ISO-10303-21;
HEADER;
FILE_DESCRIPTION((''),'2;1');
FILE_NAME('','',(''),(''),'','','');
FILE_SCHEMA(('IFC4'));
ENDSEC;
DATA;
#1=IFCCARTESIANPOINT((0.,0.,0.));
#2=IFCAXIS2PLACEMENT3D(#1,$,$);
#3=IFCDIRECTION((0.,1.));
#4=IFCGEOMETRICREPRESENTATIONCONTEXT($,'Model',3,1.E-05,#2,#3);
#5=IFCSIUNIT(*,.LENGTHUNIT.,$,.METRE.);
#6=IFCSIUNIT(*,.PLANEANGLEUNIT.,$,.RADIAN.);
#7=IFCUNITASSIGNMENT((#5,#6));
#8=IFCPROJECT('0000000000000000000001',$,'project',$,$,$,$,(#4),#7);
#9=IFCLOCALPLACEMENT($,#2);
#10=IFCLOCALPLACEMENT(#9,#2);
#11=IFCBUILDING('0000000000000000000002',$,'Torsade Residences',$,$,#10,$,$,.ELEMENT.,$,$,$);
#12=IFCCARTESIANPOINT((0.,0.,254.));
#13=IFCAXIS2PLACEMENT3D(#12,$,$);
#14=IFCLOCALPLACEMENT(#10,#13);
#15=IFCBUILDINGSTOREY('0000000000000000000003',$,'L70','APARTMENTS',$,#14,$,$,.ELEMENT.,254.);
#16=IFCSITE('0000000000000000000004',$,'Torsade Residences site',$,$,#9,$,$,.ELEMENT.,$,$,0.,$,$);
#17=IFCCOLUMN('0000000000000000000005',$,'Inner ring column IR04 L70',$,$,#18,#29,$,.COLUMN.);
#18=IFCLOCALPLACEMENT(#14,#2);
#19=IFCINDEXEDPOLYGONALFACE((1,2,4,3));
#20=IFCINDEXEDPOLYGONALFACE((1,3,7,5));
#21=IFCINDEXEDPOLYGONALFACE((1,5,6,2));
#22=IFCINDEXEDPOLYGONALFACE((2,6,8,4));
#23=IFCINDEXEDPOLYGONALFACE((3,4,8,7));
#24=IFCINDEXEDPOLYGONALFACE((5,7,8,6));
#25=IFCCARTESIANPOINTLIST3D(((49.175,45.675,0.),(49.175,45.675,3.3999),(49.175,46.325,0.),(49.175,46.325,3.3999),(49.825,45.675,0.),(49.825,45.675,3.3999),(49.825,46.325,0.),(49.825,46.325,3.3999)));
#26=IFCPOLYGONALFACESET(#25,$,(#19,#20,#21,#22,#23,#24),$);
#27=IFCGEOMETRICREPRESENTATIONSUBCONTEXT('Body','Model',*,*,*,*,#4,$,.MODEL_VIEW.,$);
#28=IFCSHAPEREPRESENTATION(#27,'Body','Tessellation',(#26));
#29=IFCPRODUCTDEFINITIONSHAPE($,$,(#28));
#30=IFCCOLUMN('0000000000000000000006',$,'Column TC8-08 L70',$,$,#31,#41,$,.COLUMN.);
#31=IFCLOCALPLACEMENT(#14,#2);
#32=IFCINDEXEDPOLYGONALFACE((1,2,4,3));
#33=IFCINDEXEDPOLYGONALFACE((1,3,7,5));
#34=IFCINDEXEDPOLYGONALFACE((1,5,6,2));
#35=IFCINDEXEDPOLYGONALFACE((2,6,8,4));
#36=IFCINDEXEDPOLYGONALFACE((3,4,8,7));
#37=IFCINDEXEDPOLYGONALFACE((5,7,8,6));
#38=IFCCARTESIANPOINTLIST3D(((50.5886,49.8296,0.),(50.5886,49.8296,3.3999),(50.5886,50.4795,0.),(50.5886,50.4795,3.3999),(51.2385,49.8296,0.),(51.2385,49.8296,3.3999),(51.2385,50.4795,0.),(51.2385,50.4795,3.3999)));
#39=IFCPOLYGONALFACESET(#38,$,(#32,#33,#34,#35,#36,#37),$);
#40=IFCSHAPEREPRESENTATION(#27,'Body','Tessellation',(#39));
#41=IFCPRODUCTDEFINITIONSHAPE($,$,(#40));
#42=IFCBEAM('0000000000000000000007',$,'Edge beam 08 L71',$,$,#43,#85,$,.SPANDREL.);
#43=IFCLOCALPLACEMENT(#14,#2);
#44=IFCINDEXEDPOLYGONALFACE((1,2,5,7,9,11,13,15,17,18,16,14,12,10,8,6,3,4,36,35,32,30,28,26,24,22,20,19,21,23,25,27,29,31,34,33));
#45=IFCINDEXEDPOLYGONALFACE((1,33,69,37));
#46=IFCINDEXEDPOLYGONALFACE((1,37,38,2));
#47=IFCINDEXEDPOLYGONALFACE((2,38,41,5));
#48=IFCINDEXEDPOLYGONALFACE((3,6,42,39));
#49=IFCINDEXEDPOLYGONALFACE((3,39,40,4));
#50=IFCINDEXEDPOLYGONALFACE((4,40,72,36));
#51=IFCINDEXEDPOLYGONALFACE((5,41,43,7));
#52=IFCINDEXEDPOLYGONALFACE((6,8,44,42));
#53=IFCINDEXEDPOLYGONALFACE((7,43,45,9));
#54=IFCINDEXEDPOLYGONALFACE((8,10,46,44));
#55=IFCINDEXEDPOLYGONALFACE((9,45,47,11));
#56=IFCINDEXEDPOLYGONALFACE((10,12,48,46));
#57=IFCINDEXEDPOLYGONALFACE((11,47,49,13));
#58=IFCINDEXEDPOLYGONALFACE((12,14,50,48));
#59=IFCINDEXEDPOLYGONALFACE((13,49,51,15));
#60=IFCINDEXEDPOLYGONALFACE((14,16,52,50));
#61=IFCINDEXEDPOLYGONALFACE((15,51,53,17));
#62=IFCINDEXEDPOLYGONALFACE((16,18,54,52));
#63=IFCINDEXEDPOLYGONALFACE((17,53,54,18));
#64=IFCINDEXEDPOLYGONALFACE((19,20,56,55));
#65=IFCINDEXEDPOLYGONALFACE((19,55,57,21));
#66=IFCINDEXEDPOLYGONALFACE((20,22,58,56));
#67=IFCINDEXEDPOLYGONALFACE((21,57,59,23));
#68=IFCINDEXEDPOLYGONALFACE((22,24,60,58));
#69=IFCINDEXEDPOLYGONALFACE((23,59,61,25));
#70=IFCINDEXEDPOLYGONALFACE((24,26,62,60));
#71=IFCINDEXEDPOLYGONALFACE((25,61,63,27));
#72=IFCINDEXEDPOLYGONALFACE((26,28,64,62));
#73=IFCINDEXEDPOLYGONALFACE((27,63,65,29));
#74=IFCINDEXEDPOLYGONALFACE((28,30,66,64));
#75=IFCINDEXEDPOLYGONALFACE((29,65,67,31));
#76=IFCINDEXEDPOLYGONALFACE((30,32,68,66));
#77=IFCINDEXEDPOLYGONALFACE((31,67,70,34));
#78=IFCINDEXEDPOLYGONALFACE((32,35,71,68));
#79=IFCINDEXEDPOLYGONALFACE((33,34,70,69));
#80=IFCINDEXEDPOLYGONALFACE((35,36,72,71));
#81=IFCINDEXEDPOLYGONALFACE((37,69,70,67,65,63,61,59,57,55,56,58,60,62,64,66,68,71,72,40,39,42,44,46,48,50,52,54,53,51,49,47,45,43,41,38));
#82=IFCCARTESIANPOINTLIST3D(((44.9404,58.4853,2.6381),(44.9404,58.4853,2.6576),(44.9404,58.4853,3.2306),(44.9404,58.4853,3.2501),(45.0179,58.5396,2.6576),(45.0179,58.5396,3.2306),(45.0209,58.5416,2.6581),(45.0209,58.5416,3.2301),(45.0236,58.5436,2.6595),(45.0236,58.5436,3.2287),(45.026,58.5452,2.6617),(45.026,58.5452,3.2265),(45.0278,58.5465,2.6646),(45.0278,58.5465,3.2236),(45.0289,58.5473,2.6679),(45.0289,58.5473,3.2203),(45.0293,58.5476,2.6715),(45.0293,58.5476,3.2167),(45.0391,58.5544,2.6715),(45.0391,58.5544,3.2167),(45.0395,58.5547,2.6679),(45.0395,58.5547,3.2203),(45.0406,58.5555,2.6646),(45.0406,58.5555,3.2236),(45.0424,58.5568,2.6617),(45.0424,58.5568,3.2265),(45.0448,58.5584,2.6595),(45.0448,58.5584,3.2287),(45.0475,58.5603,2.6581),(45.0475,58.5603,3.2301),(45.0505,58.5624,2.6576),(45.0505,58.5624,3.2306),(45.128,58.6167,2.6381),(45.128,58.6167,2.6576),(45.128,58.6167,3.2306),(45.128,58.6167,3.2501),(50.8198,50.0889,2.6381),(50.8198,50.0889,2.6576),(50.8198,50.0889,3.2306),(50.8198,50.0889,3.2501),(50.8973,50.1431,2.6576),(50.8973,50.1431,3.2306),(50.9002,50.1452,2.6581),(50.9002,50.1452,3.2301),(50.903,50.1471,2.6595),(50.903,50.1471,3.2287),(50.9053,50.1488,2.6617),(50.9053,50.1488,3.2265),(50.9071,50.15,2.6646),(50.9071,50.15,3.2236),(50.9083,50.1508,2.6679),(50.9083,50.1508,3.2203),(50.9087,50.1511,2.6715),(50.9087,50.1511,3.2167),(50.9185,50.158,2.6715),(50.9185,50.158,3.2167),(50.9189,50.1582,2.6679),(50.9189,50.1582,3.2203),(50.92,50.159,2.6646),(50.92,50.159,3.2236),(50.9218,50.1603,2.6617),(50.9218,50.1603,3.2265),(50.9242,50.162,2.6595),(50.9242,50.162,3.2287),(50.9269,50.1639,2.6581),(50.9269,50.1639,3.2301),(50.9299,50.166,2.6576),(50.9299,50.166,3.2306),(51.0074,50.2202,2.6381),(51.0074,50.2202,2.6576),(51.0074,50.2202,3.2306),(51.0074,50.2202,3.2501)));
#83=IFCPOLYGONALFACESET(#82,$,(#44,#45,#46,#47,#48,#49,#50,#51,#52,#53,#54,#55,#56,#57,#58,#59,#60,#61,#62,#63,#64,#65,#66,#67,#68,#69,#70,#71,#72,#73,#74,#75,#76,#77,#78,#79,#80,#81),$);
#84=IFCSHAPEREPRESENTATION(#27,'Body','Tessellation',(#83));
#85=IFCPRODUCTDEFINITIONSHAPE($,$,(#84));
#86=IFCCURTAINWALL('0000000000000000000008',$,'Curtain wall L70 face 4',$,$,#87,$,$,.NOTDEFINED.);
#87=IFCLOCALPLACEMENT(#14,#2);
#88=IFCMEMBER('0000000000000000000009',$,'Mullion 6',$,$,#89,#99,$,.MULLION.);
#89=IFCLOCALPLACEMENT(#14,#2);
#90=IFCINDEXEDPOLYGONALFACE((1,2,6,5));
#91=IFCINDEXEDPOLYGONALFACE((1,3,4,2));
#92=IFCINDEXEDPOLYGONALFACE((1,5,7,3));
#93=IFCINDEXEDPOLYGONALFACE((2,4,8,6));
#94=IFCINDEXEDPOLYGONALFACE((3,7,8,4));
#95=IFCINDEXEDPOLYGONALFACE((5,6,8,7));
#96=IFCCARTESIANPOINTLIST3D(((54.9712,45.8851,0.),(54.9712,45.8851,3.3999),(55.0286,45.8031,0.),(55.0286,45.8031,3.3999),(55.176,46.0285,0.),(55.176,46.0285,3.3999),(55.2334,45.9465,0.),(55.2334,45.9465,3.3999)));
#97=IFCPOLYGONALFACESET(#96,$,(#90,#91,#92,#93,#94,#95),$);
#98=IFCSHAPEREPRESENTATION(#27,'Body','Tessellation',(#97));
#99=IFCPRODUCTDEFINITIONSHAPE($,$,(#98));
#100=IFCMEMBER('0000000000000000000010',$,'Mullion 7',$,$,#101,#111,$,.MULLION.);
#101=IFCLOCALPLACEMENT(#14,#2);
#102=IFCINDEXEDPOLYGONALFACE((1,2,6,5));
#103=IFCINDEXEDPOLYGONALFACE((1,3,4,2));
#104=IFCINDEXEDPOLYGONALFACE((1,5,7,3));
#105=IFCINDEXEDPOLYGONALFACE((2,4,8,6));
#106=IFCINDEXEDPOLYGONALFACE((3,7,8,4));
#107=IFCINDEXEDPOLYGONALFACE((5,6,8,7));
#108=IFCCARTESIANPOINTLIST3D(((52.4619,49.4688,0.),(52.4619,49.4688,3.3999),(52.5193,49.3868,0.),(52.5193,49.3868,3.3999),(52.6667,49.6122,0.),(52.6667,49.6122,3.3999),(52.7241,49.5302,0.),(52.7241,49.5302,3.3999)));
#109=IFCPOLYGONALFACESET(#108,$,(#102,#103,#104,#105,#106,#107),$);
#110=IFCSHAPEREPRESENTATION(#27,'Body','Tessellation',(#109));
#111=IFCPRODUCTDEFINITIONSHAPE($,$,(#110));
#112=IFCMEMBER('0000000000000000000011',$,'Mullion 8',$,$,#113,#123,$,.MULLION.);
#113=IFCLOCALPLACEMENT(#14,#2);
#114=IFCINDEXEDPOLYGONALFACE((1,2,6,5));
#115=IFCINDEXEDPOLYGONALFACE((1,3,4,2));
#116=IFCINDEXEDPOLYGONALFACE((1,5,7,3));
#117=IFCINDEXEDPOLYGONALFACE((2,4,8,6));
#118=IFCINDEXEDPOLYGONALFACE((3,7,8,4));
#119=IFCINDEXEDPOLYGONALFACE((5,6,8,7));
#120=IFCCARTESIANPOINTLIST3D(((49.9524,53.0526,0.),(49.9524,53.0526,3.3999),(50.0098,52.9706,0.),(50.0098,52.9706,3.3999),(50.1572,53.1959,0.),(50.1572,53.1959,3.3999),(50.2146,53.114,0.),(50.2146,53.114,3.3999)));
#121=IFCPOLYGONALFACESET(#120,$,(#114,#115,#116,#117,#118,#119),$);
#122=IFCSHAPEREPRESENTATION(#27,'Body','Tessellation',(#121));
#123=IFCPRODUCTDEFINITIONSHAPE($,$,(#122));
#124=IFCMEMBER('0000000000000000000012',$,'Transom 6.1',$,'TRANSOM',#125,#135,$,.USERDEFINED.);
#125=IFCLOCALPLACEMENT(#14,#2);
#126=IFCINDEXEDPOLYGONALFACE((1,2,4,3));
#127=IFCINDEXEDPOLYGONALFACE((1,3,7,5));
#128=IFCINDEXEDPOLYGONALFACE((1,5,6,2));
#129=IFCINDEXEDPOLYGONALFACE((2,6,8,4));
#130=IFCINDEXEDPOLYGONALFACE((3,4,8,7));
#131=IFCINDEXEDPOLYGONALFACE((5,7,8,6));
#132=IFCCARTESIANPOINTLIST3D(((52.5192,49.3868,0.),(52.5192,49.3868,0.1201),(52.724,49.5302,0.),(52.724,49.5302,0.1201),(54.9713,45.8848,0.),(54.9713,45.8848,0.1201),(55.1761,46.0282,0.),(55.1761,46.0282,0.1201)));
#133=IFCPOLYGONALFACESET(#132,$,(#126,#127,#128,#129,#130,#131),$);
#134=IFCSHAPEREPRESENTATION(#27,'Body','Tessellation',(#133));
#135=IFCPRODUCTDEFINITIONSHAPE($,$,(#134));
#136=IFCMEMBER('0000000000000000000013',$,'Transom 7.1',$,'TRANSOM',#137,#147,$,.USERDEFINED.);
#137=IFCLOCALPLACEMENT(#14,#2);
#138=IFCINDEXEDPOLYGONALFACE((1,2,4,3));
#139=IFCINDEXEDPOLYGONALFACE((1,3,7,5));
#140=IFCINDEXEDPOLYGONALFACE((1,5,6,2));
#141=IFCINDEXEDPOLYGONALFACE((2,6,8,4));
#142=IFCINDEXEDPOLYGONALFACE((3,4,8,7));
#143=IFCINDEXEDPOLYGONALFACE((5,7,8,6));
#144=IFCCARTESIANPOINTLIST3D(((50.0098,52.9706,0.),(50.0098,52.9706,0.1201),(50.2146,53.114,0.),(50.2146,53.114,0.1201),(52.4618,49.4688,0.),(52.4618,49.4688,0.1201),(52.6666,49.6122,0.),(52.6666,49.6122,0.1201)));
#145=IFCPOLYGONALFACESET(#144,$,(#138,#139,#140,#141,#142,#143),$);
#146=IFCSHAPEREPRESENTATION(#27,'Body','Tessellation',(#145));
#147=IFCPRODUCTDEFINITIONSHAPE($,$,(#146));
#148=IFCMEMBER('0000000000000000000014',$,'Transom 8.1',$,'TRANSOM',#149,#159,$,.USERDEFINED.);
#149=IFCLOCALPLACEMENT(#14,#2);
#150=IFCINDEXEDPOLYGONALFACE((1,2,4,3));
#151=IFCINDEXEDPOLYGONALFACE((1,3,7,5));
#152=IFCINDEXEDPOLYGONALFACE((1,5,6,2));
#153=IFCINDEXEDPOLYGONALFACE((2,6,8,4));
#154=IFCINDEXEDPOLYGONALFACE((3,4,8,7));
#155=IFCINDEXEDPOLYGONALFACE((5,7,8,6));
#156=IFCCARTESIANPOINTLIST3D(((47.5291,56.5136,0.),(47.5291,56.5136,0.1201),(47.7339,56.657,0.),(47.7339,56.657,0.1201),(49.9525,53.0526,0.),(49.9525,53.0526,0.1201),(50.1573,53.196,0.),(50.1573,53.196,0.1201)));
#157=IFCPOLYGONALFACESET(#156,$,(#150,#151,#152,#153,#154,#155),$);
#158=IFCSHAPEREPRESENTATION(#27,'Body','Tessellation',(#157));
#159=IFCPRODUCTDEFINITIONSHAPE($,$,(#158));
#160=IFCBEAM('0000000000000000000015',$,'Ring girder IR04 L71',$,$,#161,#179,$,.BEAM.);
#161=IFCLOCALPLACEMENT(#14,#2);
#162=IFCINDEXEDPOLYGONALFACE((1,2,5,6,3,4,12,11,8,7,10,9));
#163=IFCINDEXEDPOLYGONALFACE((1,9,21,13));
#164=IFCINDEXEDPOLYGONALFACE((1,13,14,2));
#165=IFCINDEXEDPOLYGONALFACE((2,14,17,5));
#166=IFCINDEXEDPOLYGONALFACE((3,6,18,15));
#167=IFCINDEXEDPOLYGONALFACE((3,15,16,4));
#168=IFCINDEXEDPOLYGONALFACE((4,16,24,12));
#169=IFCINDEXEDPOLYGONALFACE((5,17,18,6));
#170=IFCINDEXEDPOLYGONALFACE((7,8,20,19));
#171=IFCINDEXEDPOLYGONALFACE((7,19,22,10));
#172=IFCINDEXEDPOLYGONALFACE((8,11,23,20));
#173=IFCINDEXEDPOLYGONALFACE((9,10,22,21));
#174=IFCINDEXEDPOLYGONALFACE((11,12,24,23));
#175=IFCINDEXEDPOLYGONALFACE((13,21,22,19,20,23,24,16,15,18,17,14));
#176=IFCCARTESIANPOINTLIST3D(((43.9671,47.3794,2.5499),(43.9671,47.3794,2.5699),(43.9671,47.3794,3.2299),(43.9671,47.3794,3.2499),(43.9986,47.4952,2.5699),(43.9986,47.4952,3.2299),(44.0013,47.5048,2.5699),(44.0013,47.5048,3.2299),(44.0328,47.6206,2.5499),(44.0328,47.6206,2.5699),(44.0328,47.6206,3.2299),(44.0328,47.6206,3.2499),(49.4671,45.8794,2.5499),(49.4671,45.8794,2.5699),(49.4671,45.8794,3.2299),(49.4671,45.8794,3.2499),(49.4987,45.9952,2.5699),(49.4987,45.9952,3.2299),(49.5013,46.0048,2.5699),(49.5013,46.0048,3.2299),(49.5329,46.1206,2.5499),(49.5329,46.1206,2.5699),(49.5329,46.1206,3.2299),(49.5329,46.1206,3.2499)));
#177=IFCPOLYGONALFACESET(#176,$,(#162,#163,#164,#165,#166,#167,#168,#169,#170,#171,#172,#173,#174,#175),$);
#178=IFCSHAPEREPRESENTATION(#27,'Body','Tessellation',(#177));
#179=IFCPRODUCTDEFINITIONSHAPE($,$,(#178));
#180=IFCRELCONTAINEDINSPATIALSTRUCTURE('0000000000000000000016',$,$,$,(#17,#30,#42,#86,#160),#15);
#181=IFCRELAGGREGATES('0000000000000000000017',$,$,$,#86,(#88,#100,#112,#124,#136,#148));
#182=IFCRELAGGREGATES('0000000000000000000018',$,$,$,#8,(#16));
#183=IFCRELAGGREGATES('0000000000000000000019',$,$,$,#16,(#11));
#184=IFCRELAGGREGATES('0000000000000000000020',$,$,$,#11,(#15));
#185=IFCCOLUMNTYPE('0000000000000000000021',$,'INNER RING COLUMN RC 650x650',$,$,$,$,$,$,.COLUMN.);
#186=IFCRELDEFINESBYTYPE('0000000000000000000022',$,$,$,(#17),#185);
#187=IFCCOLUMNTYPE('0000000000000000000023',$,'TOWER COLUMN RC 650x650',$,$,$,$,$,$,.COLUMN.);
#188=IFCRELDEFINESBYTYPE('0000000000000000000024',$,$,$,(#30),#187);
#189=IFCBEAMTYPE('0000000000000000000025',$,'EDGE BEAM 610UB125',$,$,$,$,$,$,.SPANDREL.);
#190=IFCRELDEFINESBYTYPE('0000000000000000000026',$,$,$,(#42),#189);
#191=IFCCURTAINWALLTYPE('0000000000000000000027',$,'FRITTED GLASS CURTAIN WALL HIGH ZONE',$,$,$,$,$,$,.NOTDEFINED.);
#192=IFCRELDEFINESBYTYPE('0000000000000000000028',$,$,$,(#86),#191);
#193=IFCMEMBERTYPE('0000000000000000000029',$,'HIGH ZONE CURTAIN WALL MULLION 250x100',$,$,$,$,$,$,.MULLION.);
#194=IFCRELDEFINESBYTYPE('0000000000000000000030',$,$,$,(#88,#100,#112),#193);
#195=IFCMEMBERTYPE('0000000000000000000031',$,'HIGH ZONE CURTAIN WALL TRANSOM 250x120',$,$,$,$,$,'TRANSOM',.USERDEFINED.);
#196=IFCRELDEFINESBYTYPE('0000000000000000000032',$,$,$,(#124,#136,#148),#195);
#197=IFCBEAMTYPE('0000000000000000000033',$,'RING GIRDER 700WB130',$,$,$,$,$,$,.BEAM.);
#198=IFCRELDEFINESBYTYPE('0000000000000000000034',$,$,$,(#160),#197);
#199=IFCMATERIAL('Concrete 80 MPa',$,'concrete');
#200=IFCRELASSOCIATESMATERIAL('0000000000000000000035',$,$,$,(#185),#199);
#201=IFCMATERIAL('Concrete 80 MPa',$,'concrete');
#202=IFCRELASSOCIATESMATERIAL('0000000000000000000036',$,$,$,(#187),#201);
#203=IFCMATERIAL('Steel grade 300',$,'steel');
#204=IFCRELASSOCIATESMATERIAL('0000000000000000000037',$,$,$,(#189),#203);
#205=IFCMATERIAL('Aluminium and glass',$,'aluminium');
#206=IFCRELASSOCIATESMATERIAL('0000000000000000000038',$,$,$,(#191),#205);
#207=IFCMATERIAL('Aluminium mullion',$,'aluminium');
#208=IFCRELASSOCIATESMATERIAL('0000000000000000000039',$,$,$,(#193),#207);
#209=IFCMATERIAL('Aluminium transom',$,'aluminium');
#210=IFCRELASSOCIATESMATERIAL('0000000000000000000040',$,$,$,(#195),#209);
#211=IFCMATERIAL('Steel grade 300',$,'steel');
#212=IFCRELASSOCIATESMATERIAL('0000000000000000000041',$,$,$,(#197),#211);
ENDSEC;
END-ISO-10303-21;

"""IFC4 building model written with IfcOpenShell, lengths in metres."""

from ifc_helpers import new_model, si_unit, direction, frame, origin, origin_2d, place, context, subcontext, project, spatial, rectangle, i_section, extrude, material, material_profile, profile_set, type_object, element, aggregate, save


model = new_model("IFC4")

# Units and contexts
model_context = context("Model", 3, precision=1e-05, world=origin(), true_north=direction((0.0, 1.0)))
body_context = subcontext(model_context, "Body", "Model", "MODEL_VIEW")
ifc_project = project(units=[si_unit("LENGTHUNIT", "METRE"), si_unit("PLANEANGLEUNIT", "RADIAN")], contexts=[model_context])

# Site, building, storey
site_placement = place(None, origin())
site = spatial("IfcSite", under=ifc_project, at=site_placement, Name="Torsade Residences site", CompositionType="ELEMENT", RefElevation=0.0)
building_placement = place(site_placement, origin())
building = spatial("IfcBuilding", under=site, at=building_placement, Name="Torsade Residences", CompositionType="ELEMENT")
storey_placement = place(building_placement, frame((0.0, 0.0, 254.0)))
storey = spatial("IfcBuildingStorey", under=building, at=storey_placement, Name="L70", Description="APARTMENTS", CompositionType="ELEMENT", Elevation=254.0)

# Columns
ifc_material_1 = material(Name="Concrete 80 MPa", Category="concrete")
ifc_material_profile_1 = material_profile(ifc_material_1, rectangle(XDim=0.6499, YDim=0.6499, at=origin_2d()), Name="RC 650x650")
ifc_profile_set_1 = profile_set([ifc_material_profile_1], Name="Concrete 80 MPa")
column_type_1 = type_object("IfcColumnType", Name="INNER RING COLUMN RC 650x650", PredefinedType="COLUMN", material=ifc_profile_set_1)
column_1_placement = place(storey_placement, frame((49.5, 46.0, 0.0), z_axis=(0.0, 0.0, 1.0), x_axis=(1.0, 0.0, 0.0)))
element("IfcColumn", 1, at=column_1_placement, inside=storey, type_object=column_type_1, Name="Inner ring column IR04 L70", PredefinedType="COLUMN", context=body_context, shape_type="SweptSolid", body=[
    extrude(rectangle(XDim=0.6499, YDim=0.6499, at=origin_2d()), origin(), (0.0, 0.0, 1.0), 3.3999),
])
ifc_material_2 = material(Name="Concrete 80 MPa", Category="concrete")
ifc_material_profile_2 = material_profile(ifc_material_2, rectangle(XDim=0.6499, YDim=0.6499, at=origin_2d()), Name="RC 650x650")
ifc_profile_set_2 = profile_set([ifc_material_profile_2], Name="Concrete 80 MPa")
column_type_2 = type_object("IfcColumnType", Name="TOWER COLUMN RC 650x650", PredefinedType="COLUMN", material=ifc_profile_set_2)
column_2_placement = place(storey_placement, frame((50.9136, 50.1545, 0.0), z_axis=(0.0, 0.0, 1.0), x_axis=(1.0, 0.0, 0.0)))
element("IfcColumn", 2, at=column_2_placement, inside=storey, type_object=column_type_2, Name="Column TC8-08 L70", PredefinedType="COLUMN", context=body_context, shape_type="SweptSolid", body=[
    extrude(rectangle(XDim=0.6499, YDim=0.6499, at=origin_2d()), origin(), (0.0, 0.0, 1.0), 3.3999),
])

# Beam
ifc_material_3 = material(Name="Steel grade 300", Category="steel")
ifc_material_profile_3 = material_profile(ifc_material_3, i_section(OverallWidth=0.229, OverallDepth=0.6121, WebThickness=0.012, FlangeThickness=0.0195, FilletRadius=0.0139, at=origin_2d()), Name="610UB125")
ifc_profile_set_3 = profile_set([ifc_material_profile_3], Name="Steel grade 300")
beam_type_1 = type_object("IfcBeamType", Name="EDGE BEAM 610UB125", PredefinedType="SPANDREL", material=ifc_profile_set_3)
beam_1_placement = place(storey_placement, frame((50.9136, 50.1545, 2.9441), z_axis=(-0.573584, 0.819147, 0.0), x_axis=(-0.819147, -0.573584, 0.0)))
element("IfcBeam", 3, at=beam_1_placement, inside=storey, type_object=beam_type_1, Name="Edge beam 08 L71", PredefinedType="SPANDREL", context=body_context, shape_type="SweptSolid", body=[
    extrude(i_section(OverallWidth=0.229, OverallDepth=0.6121, WebThickness=0.012, FlangeThickness=0.0195, FilletRadius=0.0139, at=origin_2d()), origin(), (0.0, 0.0, 1.0), 10.2502),
])

# Curtain wall, members
ifc_material_4 = material(Name="Aluminium and glass", Category="aluminium")
curtain_wall_type = type_object("IfcCurtainWallType", Name="FRITTED GLASS CURTAIN WALL HIGH ZONE", PredefinedType="NOTDEFINED", material=ifc_material_4)
curtain_wall_placement = place(storey_placement, origin())
curtain_wall = element("IfcCurtainWall", 4, at=curtain_wall_placement, inside=storey, type_object=curtain_wall_type, Name="Curtain wall L70 face 4", PredefinedType="NOTDEFINED")
ifc_material_5 = material(Name="Aluminium mullion", Category="aluminium")
ifc_material_profile_4 = material_profile(ifc_material_5, rectangle(XDim=0.25, YDim=0.1001, at=origin_2d()), Name="HIGH ZONE CURTAIN WALL MULLION 250x100")
ifc_profile_set_4 = profile_set([ifc_material_profile_4], Name="Aluminium mullion")
member_type_1 = type_object("IfcMemberType", Name="HIGH ZONE CURTAIN WALL MULLION 250x100", PredefinedType="MULLION", material=ifc_profile_set_4)
member_1_placement = place(storey_placement, frame((55.1023, 45.9158, 0.0), z_axis=(0.0, 0.0, 1.0), x_axis=(-0.819152, -0.573576, 0.0)))
member_1 = element("IfcMember", 5, at=member_1_placement, type_object=member_type_1, Name="Mullion 6", PredefinedType="MULLION", context=body_context, shape_type="SweptSolid", body=[
    extrude(rectangle(XDim=0.25, YDim=0.1001, at=origin_2d()), origin(), (0.0, 0.0, 1.0), 3.3999),
])
member_2_placement = place(storey_placement, frame((52.593, 49.4995, 0.0), z_axis=(0.0, 0.0, 1.0), x_axis=(-0.819152, -0.573576, 0.0)))
member_2 = element("IfcMember", 6, at=member_2_placement, type_object=member_type_1, Name="Mullion 7", PredefinedType="MULLION", context=body_context, shape_type="SweptSolid", body=[
    extrude(rectangle(XDim=0.25, YDim=0.1001, at=origin_2d()), origin(), (0.0, 0.0, 1.0), 3.3999),
])
member_3_placement = place(storey_placement, frame((50.0835, 53.0833, 0.0), z_axis=(0.0, 0.0, 1.0), x_axis=(-0.819152, -0.573576, 0.0)))
member_3 = element("IfcMember", 7, at=member_3_placement, type_object=member_type_1, Name="Mullion 8", PredefinedType="MULLION", context=body_context, shape_type="SweptSolid", body=[
    extrude(rectangle(XDim=0.25, YDim=0.1001, at=origin_2d()), origin(), (0.0, 0.0, 1.0), 3.3999),
])
ifc_material_6 = material(Name="Aluminium transom", Category="aluminium")
ifc_material_profile_5 = material_profile(ifc_material_6, rectangle(XDim=0.25, YDim=0.1201, at=origin_2d()), Name="HIGH ZONE CURTAIN WALL TRANSOM 250x120")
ifc_profile_set_5 = profile_set([ifc_material_profile_5], Name="Aluminium transom")
member_type_2 = type_object("IfcMemberType", Name="HIGH ZONE CURTAIN WALL TRANSOM 250x120", ElementType="TRANSOM", PredefinedType="USERDEFINED", material=ifc_profile_set_5)
member_4_placement = place(storey_placement, frame((55.0737, 45.9565, 0.0601), z_axis=(-0.573585, 0.819146, 0.0), x_axis=(-0.819146, -0.573585, 0.0)))
member_4 = element("IfcMember", 8, at=member_4_placement, type_object=member_type_2, Name="Transom 6.1", ObjectType="TRANSOM", PredefinedType="USERDEFINED", context=body_context, shape_type="SweptSolid", body=[
    extrude(rectangle(XDim=0.25, YDim=0.1201, at=origin_2d()), origin(), (0.0, 0.0, 1.0), 4.2751),
])
member_5_placement = place(storey_placement, frame((52.5642, 49.5405, 0.0601), z_axis=(-0.573573, 0.819154, 0.0), x_axis=(-0.819154, -0.573573, 0.0)))
member_5 = element("IfcMember", 9, at=member_5_placement, type_object=member_type_2, Name="Transom 7.1", ObjectType="TRANSOM", PredefinedType="USERDEFINED", context=body_context, shape_type="SweptSolid", body=[
    extrude(rectangle(XDim=0.25, YDim=0.1201, at=origin_2d()), origin(), (0.0, 0.0, 1.0), 4.2749),
])
member_6_placement = place(storey_placement, frame((50.0549, 53.1243, 0.0601), z_axis=(-0.573571, 0.819156, 0.0), x_axis=(-0.819156, -0.573571, 0.0)))
member_6 = element("IfcMember", 10, at=member_6_placement, type_object=member_type_2, Name="Transom 8.1", ObjectType="TRANSOM", PredefinedType="USERDEFINED", context=body_context, shape_type="SweptSolid", body=[
    extrude(rectangle(XDim=0.25, YDim=0.1201, at=origin_2d()), origin(), (0.0, 0.0, 1.0), 4.2251),
])

# Beam
ifc_material_7 = material(Name="Steel grade 300", Category="steel")
ifc_material_profile_6 = material_profile(ifc_material_7, i_section(OverallWidth=0.25, OverallDepth=0.7, WebThickness=0.01, FlangeThickness=0.02, at=origin_2d()), Name="700WB130")
ifc_profile_set_6 = profile_set([ifc_material_profile_6], Name="Steel grade 300")
beam_type_2 = type_object("IfcBeamType", Name="RING GIRDER 700WB130", PredefinedType="BEAM", material=ifc_profile_set_6)
beam_2_placement = place(storey_placement, frame((49.5, 46.0, 2.8999), z_axis=(-0.964764, 0.263117, 0.0), x_axis=(-0.263117, -0.964764, 0.0)))
element("IfcBeam", 11, at=beam_2_placement, inside=storey, type_object=beam_type_2, Name="Ring girder IR04 L71", PredefinedType="BEAM", context=body_context, shape_type="SweptSolid", body=[
    extrude(i_section(OverallWidth=0.25, OverallDepth=0.7, WebThickness=0.01, FlangeThickness=0.02, at=origin_2d()), origin(), (0.0, 0.0, 1.0), 5.7009),
])

aggregate(curtain_wall, [member_1, member_2, member_3, member_4, member_5, member_6])

save(model, "model.ifc")
